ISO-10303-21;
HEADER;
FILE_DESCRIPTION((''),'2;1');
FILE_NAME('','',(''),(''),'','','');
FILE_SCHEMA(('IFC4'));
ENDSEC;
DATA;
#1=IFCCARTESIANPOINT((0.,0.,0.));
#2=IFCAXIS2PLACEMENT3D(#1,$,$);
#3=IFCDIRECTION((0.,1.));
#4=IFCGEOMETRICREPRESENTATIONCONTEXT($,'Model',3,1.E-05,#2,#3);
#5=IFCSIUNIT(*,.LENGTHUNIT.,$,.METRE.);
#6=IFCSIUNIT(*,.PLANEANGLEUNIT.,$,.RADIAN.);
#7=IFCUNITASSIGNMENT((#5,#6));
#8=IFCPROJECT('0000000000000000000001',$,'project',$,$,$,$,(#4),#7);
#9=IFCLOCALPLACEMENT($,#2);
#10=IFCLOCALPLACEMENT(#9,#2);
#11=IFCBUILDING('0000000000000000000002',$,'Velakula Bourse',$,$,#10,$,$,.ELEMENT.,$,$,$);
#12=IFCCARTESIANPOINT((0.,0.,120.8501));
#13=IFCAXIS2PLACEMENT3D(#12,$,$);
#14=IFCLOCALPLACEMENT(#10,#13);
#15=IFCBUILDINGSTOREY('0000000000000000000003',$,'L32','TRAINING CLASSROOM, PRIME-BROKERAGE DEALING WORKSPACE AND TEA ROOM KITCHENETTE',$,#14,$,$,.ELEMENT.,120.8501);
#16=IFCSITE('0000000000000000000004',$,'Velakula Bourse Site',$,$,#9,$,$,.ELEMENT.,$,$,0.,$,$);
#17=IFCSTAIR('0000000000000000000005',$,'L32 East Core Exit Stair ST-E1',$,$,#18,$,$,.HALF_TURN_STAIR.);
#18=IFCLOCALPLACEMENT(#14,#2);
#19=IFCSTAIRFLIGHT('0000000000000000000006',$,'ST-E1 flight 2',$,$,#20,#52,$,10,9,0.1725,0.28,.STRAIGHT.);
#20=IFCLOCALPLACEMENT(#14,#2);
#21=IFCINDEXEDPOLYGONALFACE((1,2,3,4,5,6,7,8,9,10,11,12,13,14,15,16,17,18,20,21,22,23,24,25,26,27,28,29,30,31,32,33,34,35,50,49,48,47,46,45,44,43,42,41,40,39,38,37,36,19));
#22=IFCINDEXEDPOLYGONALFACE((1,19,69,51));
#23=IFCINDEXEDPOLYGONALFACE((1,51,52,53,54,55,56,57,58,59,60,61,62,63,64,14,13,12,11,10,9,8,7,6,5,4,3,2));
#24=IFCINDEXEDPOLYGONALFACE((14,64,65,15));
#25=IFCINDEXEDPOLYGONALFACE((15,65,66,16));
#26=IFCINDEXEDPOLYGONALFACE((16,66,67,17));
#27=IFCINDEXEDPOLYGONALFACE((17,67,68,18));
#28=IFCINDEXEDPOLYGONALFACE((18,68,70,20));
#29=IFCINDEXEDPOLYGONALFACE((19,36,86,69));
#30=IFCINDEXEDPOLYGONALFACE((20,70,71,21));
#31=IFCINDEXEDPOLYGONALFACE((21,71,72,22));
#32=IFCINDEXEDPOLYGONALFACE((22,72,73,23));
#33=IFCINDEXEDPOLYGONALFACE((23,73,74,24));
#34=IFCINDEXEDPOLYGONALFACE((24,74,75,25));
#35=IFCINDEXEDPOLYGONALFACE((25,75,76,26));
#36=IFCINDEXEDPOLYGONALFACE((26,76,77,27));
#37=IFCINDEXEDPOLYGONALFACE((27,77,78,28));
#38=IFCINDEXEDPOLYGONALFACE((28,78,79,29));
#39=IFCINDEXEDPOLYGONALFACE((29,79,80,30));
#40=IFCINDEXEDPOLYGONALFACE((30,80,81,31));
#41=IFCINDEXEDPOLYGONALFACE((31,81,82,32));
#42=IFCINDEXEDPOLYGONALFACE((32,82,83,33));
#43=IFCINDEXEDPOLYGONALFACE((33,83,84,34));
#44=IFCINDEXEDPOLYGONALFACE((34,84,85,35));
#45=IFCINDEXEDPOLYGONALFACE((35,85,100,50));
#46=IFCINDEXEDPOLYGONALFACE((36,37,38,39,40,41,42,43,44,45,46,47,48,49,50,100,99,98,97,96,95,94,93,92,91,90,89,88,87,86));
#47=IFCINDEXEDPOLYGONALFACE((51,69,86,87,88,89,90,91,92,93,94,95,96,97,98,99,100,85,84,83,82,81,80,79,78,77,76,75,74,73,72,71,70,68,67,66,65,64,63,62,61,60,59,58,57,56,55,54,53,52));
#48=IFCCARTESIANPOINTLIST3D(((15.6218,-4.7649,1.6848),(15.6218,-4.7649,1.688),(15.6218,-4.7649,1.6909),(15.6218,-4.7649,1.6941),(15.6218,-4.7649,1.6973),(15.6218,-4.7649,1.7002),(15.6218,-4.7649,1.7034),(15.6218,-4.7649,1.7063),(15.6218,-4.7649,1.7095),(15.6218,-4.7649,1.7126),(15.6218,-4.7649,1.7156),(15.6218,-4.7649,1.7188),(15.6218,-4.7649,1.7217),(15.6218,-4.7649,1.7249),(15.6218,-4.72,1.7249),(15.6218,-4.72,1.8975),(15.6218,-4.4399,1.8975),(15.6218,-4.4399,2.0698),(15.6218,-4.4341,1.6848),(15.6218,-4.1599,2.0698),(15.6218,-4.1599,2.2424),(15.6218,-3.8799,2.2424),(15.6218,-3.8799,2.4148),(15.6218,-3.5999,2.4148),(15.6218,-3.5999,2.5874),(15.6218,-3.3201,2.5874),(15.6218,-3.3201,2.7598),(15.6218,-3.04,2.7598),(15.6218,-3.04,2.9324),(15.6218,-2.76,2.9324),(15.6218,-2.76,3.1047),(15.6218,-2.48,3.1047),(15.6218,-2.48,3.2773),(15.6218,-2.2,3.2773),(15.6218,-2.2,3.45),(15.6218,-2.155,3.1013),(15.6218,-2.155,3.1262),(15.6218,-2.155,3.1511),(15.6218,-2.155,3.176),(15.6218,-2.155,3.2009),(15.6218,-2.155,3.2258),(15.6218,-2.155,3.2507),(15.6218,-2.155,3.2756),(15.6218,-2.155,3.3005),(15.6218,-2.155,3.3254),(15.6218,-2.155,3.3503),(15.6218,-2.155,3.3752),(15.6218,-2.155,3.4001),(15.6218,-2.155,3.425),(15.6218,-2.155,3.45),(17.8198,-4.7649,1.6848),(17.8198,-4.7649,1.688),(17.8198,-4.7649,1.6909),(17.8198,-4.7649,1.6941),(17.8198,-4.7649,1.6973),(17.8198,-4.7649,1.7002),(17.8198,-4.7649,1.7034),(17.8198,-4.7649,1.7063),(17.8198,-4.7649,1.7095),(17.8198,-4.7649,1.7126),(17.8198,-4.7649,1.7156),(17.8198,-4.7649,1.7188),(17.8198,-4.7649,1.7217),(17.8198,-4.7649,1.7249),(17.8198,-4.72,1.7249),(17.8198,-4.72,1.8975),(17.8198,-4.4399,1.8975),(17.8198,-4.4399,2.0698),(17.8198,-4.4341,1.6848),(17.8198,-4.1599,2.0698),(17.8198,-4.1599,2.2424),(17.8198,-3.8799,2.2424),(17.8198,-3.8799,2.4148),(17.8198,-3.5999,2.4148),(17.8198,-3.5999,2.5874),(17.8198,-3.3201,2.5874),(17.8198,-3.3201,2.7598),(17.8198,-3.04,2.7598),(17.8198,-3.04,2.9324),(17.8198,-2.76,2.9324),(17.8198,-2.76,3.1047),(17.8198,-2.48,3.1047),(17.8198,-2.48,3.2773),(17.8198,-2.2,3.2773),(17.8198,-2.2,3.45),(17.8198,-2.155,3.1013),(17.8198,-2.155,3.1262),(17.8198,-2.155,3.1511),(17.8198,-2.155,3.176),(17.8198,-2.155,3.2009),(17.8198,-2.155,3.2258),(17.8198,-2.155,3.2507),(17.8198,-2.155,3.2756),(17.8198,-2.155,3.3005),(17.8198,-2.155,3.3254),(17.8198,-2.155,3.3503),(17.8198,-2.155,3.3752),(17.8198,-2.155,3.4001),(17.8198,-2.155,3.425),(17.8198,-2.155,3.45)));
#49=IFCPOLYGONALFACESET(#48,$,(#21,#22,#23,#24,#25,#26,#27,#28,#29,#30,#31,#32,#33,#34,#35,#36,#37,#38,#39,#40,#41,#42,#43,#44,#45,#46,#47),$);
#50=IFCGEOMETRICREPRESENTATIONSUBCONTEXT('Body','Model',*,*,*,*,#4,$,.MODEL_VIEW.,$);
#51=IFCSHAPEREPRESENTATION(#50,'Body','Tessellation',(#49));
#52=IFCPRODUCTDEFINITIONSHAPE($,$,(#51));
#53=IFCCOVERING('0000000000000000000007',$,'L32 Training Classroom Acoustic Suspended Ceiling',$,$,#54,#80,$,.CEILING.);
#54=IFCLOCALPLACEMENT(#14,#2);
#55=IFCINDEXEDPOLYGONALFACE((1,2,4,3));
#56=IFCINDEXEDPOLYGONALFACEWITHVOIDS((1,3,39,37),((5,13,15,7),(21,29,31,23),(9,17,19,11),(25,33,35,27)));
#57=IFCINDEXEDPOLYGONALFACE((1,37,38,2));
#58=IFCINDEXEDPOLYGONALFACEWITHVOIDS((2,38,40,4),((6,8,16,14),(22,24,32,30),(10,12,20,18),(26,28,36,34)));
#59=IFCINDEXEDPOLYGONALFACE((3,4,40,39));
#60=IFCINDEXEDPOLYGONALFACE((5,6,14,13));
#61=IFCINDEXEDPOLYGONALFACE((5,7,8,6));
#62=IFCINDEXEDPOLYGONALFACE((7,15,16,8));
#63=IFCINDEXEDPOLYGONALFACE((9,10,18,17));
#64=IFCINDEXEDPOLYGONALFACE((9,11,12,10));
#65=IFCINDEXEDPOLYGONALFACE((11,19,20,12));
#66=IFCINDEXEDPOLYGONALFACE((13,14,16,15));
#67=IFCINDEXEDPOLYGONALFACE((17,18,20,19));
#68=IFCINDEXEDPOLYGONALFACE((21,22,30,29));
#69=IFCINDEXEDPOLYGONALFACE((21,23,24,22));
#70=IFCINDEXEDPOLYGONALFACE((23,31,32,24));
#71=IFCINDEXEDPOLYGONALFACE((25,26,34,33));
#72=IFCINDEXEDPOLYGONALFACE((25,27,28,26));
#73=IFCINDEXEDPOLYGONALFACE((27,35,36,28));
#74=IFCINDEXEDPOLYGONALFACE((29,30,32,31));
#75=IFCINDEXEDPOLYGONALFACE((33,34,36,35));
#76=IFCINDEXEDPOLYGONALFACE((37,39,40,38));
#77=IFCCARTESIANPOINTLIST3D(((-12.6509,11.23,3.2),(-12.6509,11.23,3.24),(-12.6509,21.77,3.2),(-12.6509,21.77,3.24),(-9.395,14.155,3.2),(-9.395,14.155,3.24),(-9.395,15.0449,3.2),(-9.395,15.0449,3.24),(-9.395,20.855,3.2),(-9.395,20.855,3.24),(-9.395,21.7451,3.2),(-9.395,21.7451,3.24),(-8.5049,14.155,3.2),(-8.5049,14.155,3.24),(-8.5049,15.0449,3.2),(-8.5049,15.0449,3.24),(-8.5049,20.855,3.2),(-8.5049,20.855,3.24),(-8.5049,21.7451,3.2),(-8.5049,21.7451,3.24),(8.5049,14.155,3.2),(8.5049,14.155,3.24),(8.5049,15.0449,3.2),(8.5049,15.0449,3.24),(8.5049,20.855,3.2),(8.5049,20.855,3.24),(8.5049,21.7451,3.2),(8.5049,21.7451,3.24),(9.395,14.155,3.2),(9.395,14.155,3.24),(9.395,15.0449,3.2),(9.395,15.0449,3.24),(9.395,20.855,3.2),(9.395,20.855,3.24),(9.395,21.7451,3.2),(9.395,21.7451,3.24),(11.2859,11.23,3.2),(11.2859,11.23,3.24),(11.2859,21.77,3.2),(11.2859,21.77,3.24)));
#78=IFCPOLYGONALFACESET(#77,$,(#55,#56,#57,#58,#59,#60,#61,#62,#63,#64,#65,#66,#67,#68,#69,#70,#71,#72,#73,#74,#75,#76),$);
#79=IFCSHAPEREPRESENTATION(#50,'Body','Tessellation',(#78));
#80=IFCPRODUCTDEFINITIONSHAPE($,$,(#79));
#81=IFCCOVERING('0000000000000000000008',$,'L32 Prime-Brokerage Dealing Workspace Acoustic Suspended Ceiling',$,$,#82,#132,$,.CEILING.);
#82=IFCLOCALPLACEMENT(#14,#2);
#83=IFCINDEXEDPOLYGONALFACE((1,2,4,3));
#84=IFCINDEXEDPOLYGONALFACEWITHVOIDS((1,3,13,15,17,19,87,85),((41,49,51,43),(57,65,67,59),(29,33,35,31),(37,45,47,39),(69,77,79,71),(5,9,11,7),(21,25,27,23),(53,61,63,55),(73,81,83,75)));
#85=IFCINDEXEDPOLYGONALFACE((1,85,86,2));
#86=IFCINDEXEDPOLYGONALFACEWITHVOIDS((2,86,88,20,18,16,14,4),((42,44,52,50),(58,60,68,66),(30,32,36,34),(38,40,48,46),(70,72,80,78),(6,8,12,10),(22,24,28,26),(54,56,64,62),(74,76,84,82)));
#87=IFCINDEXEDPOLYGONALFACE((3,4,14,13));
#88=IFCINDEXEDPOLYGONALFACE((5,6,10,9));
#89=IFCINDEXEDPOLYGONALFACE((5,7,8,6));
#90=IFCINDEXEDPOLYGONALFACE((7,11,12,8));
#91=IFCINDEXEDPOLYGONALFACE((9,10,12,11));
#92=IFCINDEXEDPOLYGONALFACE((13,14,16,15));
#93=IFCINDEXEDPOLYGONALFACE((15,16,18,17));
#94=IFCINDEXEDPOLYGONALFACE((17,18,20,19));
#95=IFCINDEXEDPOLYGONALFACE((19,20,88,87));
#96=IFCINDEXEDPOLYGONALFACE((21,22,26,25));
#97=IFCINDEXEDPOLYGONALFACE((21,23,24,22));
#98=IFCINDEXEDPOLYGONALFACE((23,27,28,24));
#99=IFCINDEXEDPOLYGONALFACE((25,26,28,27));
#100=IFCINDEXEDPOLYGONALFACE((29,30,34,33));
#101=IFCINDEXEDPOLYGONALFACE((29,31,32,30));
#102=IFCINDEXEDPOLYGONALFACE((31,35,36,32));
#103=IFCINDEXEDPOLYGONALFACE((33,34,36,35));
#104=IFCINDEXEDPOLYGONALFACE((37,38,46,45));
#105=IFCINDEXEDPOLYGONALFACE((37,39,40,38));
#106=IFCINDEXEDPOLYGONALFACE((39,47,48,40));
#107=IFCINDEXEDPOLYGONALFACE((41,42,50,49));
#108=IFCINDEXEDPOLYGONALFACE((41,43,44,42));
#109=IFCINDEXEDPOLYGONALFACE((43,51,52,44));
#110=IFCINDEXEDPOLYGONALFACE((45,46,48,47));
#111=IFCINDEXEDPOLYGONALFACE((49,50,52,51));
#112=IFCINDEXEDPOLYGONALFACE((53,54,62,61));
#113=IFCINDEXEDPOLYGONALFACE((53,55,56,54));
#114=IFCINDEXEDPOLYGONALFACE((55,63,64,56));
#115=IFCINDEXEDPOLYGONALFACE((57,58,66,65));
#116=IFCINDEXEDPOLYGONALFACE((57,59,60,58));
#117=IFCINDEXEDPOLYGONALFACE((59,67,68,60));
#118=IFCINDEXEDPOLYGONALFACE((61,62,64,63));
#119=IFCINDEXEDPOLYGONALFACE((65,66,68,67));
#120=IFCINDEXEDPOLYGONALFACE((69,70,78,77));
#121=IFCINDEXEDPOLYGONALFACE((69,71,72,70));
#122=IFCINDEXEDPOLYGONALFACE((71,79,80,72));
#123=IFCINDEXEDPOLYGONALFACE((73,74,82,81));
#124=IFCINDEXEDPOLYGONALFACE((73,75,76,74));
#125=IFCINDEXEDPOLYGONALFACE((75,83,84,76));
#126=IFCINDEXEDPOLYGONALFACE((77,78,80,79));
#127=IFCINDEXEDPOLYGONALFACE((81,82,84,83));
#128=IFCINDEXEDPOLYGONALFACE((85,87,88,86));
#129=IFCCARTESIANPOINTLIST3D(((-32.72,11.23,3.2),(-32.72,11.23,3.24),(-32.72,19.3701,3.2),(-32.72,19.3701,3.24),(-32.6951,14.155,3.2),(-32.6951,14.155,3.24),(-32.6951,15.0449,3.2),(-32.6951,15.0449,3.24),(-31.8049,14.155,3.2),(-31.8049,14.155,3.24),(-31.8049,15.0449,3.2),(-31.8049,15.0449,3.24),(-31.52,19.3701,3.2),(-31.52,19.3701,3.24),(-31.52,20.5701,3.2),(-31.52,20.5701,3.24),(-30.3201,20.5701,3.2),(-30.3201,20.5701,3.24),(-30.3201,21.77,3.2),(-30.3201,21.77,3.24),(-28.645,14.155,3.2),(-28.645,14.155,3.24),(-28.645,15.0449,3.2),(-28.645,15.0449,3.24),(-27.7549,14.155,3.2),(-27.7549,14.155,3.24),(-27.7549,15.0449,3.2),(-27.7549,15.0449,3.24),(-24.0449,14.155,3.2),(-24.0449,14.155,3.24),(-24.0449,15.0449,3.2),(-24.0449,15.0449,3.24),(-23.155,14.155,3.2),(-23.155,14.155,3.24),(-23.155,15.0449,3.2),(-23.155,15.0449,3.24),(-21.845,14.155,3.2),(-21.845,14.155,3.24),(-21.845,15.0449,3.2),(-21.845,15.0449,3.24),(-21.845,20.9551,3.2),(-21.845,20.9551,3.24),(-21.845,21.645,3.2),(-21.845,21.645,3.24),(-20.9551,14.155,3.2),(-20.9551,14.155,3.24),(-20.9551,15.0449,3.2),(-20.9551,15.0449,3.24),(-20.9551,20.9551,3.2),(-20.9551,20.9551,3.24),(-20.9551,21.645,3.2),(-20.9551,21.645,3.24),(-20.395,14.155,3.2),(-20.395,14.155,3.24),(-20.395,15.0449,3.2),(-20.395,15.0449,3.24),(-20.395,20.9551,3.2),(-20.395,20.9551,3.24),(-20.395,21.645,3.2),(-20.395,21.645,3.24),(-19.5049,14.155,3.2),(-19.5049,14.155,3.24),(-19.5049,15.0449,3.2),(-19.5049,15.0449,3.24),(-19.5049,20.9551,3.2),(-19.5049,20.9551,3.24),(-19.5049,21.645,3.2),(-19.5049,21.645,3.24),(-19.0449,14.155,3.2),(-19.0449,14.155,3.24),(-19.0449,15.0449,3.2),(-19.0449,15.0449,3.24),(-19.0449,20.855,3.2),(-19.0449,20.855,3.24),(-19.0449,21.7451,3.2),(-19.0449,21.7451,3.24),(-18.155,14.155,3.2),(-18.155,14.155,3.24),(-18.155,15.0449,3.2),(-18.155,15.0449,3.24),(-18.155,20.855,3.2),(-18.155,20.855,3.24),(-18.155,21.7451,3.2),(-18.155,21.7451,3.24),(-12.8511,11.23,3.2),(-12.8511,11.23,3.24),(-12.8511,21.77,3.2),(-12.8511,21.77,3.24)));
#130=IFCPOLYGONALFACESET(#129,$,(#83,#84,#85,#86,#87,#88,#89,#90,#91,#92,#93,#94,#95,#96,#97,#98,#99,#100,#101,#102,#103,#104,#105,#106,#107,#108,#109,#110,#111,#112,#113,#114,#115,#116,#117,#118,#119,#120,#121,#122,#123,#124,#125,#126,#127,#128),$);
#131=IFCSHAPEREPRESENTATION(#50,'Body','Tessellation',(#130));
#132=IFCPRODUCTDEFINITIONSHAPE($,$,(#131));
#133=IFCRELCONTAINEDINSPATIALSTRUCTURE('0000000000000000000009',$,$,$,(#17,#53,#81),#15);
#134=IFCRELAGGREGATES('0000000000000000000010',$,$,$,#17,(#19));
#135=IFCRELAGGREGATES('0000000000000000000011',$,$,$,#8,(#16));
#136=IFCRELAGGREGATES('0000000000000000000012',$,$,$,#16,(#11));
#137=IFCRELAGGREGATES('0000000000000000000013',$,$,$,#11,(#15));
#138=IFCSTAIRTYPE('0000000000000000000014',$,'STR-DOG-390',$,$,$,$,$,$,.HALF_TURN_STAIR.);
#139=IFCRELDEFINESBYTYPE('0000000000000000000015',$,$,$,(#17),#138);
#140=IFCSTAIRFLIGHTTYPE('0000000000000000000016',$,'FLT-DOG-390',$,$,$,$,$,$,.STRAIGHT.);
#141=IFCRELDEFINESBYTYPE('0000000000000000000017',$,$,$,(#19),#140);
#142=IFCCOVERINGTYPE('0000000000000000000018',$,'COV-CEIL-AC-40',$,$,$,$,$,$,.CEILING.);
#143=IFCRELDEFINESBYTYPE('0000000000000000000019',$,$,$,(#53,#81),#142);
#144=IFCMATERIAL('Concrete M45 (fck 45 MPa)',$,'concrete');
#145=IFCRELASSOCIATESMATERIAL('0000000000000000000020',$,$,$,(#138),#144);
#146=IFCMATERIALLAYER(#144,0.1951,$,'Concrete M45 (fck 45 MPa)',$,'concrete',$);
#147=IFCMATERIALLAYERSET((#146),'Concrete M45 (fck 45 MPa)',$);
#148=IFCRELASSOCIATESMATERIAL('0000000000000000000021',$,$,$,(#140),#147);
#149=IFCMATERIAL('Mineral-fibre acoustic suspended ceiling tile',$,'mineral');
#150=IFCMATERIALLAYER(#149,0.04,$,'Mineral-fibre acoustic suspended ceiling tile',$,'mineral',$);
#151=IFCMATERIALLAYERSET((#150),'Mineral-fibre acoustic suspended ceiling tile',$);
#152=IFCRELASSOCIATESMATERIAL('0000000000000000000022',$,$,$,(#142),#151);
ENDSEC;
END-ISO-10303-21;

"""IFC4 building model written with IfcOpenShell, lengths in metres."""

from ifc_helpers import new_model, si_unit, direction, frame, origin, place, context, subcontext, project, spatial, polyline, outline, extrude, material, layer, layer_set, type_object, element, aggregate, save


model = new_model("IFC4")

# Units and contexts
model_context = context("Model", 3, precision=1e-05, world=origin(), true_north=direction((0.0, 1.0)))
body_context = subcontext(model_context, "Body", "Model", "MODEL_VIEW")
ifc_project = project(units=[si_unit("LENGTHUNIT", "METRE"), si_unit("PLANEANGLEUNIT", "RADIAN")], contexts=[model_context])

# Site, building, storey
site_placement = place(None, origin())
site = spatial("IfcSite", under=ifc_project, at=site_placement, Name="Velakula Bourse Site", CompositionType="ELEMENT", RefElevation=0.0)
building_placement = place(site_placement, origin())
building = spatial("IfcBuilding", under=site, at=building_placement, Name="Velakula Bourse", CompositionType="ELEMENT")
storey_placement = place(building_placement, frame((0.0, 0.0, 120.8501)))
storey = spatial("IfcBuildingStorey", under=building, at=storey_placement, Name="L32", Description="TRAINING CLASSROOM, PRIME-BROKERAGE DEALING WORKSPACE AND TEA ROOM KITCHENETTE", CompositionType="ELEMENT", Elevation=120.8501)

# Stair
ifc_material_1 = material(Name="Concrete M45 (fck 45 MPa)", Category="concrete")
stair_type = type_object("IfcStairType", Name="STR-DOG-390", PredefinedType="HALF_TURN_STAIR", material=ifc_material_1)
stair_1_placement = place(storey_placement, origin())
stair_1 = element("IfcStair", 1, at=stair_1_placement, inside=storey, type_object=stair_type, Name="L32 East Core Exit Stair ST-E1", PredefinedType="HALF_TURN_STAIR")

# Stair flight
ifc_layer_1 = layer(ifc_material_1, 0.1951, Name="Concrete M45 (fck 45 MPa)", Category="concrete")
ifc_layer_set_1 = layer_set([ifc_layer_1], Name="Concrete M45 (fck 45 MPa)")
stair_flight_type = type_object("IfcStairFlightType", Name="FLT-DOG-390", PredefinedType="STRAIGHT", material=ifc_layer_set_1)
stair_flight_1_placement = place(storey_placement, frame((16.7209, -4.72, 1.7249), z_axis=(0.0, 0.0, 1.0), x_axis=(0.0, 1.0, 0.0)))
stair_flight_1 = element("IfcStairFlight", 2, at=stair_flight_1_placement, type_object=stair_flight_type, Name="ST-E1 flight 2", NumberOfRisers=10, NumberOfTreads=9, PredefinedType="STRAIGHT", RiserHeight=0.1725, TreadLength=0.28, context=body_context, shape_type="SweptSolid", body=[
    extrude(outline(polyline([(-0.0449, -0.04), (-0.0449, -0.0369), (-0.0449, -0.0339), (-0.0449, -0.0308), (-0.0449, -0.0276), (-0.0449, -0.0247), (-0.0449, -0.0215), (-0.0449, -0.0186), (-0.0449, -0.0154), (-0.0449, -0.0122), (-0.0449, -0.0093), (-0.0449, -0.0061), (-0.0449, -0.0032), (-0.0449, 0.0), (0.0, 0.0), (0.0, 0.1726), (0.28, 0.1726), (0.28, 0.345), (0.5601, 0.345), (0.5601, 0.5176), (0.8401, 0.5176), (0.8401, 0.6899), (1.1201, 0.6899), (1.1201, 0.8625), (1.3999, 0.8625), (1.3999, 1.0349), (1.6799, 1.0349), (1.6799, 1.2075), (1.96, 1.2075), (1.96, 1.3799), (2.24, 1.3799), (2.24, 1.5525), (2.52, 1.5525), (2.52, 1.7251), (2.5649, 1.7251), (2.5649, 1.7002), (2.5649, 1.6753), (2.5649, 1.6504), (2.5649, 1.6255), (2.5649, 1.6006), (2.5649, 1.5757), (2.5649, 1.5508), (2.5649, 1.5259), (2.5649, 1.501), (2.5649, 1.4761), (2.5649, 1.4512), (2.5649, 1.4263), (2.5649, 1.4014), (2.5649, 1.3765), (0.2859, -0.04), (-0.0449, -0.04)])), frame((0.0, 1.0991, 0.0), z_axis=(0.0, -1.0, 0.0), x_axis=(1.0, 0.0, 0.0)), (0.0, 0.0, 1.0), 2.198),
])
aggregate(stair_1, [stair_flight_1])

# Coverings
ifc_material_2 = material(Name="Mineral-fibre acoustic suspended ceiling tile", Category="mineral")
ifc_layer_2 = layer(ifc_material_2, 0.04, Name="Mineral-fibre acoustic suspended ceiling tile", Category="mineral")
ifc_layer_set_2 = layer_set([ifc_layer_2], Name="Mineral-fibre acoustic suspended ceiling tile")
covering_type_1 = type_object("IfcCoveringType", Name="COV-CEIL-AC-40", PredefinedType="CEILING", material=ifc_layer_set_2)
covering_1_placement = place(storey_placement, frame((0.0, 0.0, 3.2)))
element("IfcCovering", 3, at=covering_1_placement, inside=storey, type_object=covering_type_1, Name="L32 Training Classroom Acoustic Suspended Ceiling", PredefinedType="CEILING", context=body_context, shape_type="SweptSolid", body=[
    extrude(outline(polyline([(11.2859, 11.23), (-12.6509, 11.23), (-12.6509, 21.77), (11.2859, 21.77), (11.2859, 11.23)]), holes=[polyline([(8.5049, 15.0449), (8.5049, 14.155), (9.395, 14.155), (9.395, 15.0449), (8.5049, 15.0449)]), polyline([(-9.395, 14.155), (-8.5049, 14.155), (-8.5049, 15.0449), (-9.395, 15.0449), (-9.395, 14.155)]), polyline([(8.5049, 20.855), (9.395, 20.855), (9.395, 21.7451), (8.5049, 21.7451), (8.5049, 20.855)]), polyline([(-9.395, 20.855), (-8.5049, 20.855), (-8.5049, 21.7451), (-9.395, 21.7451), (-9.395, 20.855)])]), origin(), (0.0, 0.0, 1.0), 0.04),
])
covering_2_placement = place(storey_placement, frame((0.0, 0.0, 3.2)))
element("IfcCovering", 4, at=covering_2_placement, inside=storey, type_object=covering_type_1, Name="L32 Prime-Brokerage Dealing Workspace Acoustic Suspended Ceiling", PredefinedType="CEILING", context=body_context, shape_type="SweptSolid", body=[
    extrude(outline(polyline([(-31.52, 20.5701), (-30.3201, 20.5701), (-30.3201, 21.77), (-12.8511, 21.77), (-12.8511, 11.23), (-32.72, 11.23), (-32.72, 19.3701), (-31.52, 19.3701), (-31.52, 20.5701)]), holes=[polyline([(-32.6951, 15.0449), (-32.6951, 14.155), (-31.8049, 14.155), (-31.8049, 15.0449), (-32.6951, 15.0449)]), polyline([(-21.845, 15.0449), (-21.845, 14.155), (-20.9551, 14.155), (-20.9551, 15.0449), (-21.845, 15.0449)]), polyline([(-24.0449, 14.155), (-23.155, 14.155), (-23.155, 15.0449), (-24.0449, 15.0449), (-24.0449, 14.155)]), polyline([(-28.645, 14.155), (-27.7549, 14.155), (-27.7549, 15.0449), (-28.645, 15.0449), (-28.645, 14.155)]), polyline([(-20.395, 14.155), (-19.5049, 14.155), (-19.5049, 15.0449), (-20.395, 15.0449), (-20.395, 14.155)]), polyline([(-19.0449, 15.0449), (-19.0449, 14.155), (-18.155, 14.155), (-18.155, 15.0449), (-19.0449, 15.0449)]), polyline([(-21.845, 21.645), (-21.845, 20.9551), (-20.9551, 20.9551), (-20.9551, 21.645), (-21.845, 21.645)]), polyline([(-20.395, 20.9551), (-19.5049, 20.9551), (-19.5049, 21.645), (-20.395, 21.645), (-20.395, 20.9551)]), polyline([(-19.0449, 20.855), (-18.155, 20.855), (-18.155, 21.7451), (-19.0449, 21.7451), (-19.0449, 20.855)])]), origin(), (0.0, 0.0, 1.0), 0.04),
])

save(model, "model.ifc")
